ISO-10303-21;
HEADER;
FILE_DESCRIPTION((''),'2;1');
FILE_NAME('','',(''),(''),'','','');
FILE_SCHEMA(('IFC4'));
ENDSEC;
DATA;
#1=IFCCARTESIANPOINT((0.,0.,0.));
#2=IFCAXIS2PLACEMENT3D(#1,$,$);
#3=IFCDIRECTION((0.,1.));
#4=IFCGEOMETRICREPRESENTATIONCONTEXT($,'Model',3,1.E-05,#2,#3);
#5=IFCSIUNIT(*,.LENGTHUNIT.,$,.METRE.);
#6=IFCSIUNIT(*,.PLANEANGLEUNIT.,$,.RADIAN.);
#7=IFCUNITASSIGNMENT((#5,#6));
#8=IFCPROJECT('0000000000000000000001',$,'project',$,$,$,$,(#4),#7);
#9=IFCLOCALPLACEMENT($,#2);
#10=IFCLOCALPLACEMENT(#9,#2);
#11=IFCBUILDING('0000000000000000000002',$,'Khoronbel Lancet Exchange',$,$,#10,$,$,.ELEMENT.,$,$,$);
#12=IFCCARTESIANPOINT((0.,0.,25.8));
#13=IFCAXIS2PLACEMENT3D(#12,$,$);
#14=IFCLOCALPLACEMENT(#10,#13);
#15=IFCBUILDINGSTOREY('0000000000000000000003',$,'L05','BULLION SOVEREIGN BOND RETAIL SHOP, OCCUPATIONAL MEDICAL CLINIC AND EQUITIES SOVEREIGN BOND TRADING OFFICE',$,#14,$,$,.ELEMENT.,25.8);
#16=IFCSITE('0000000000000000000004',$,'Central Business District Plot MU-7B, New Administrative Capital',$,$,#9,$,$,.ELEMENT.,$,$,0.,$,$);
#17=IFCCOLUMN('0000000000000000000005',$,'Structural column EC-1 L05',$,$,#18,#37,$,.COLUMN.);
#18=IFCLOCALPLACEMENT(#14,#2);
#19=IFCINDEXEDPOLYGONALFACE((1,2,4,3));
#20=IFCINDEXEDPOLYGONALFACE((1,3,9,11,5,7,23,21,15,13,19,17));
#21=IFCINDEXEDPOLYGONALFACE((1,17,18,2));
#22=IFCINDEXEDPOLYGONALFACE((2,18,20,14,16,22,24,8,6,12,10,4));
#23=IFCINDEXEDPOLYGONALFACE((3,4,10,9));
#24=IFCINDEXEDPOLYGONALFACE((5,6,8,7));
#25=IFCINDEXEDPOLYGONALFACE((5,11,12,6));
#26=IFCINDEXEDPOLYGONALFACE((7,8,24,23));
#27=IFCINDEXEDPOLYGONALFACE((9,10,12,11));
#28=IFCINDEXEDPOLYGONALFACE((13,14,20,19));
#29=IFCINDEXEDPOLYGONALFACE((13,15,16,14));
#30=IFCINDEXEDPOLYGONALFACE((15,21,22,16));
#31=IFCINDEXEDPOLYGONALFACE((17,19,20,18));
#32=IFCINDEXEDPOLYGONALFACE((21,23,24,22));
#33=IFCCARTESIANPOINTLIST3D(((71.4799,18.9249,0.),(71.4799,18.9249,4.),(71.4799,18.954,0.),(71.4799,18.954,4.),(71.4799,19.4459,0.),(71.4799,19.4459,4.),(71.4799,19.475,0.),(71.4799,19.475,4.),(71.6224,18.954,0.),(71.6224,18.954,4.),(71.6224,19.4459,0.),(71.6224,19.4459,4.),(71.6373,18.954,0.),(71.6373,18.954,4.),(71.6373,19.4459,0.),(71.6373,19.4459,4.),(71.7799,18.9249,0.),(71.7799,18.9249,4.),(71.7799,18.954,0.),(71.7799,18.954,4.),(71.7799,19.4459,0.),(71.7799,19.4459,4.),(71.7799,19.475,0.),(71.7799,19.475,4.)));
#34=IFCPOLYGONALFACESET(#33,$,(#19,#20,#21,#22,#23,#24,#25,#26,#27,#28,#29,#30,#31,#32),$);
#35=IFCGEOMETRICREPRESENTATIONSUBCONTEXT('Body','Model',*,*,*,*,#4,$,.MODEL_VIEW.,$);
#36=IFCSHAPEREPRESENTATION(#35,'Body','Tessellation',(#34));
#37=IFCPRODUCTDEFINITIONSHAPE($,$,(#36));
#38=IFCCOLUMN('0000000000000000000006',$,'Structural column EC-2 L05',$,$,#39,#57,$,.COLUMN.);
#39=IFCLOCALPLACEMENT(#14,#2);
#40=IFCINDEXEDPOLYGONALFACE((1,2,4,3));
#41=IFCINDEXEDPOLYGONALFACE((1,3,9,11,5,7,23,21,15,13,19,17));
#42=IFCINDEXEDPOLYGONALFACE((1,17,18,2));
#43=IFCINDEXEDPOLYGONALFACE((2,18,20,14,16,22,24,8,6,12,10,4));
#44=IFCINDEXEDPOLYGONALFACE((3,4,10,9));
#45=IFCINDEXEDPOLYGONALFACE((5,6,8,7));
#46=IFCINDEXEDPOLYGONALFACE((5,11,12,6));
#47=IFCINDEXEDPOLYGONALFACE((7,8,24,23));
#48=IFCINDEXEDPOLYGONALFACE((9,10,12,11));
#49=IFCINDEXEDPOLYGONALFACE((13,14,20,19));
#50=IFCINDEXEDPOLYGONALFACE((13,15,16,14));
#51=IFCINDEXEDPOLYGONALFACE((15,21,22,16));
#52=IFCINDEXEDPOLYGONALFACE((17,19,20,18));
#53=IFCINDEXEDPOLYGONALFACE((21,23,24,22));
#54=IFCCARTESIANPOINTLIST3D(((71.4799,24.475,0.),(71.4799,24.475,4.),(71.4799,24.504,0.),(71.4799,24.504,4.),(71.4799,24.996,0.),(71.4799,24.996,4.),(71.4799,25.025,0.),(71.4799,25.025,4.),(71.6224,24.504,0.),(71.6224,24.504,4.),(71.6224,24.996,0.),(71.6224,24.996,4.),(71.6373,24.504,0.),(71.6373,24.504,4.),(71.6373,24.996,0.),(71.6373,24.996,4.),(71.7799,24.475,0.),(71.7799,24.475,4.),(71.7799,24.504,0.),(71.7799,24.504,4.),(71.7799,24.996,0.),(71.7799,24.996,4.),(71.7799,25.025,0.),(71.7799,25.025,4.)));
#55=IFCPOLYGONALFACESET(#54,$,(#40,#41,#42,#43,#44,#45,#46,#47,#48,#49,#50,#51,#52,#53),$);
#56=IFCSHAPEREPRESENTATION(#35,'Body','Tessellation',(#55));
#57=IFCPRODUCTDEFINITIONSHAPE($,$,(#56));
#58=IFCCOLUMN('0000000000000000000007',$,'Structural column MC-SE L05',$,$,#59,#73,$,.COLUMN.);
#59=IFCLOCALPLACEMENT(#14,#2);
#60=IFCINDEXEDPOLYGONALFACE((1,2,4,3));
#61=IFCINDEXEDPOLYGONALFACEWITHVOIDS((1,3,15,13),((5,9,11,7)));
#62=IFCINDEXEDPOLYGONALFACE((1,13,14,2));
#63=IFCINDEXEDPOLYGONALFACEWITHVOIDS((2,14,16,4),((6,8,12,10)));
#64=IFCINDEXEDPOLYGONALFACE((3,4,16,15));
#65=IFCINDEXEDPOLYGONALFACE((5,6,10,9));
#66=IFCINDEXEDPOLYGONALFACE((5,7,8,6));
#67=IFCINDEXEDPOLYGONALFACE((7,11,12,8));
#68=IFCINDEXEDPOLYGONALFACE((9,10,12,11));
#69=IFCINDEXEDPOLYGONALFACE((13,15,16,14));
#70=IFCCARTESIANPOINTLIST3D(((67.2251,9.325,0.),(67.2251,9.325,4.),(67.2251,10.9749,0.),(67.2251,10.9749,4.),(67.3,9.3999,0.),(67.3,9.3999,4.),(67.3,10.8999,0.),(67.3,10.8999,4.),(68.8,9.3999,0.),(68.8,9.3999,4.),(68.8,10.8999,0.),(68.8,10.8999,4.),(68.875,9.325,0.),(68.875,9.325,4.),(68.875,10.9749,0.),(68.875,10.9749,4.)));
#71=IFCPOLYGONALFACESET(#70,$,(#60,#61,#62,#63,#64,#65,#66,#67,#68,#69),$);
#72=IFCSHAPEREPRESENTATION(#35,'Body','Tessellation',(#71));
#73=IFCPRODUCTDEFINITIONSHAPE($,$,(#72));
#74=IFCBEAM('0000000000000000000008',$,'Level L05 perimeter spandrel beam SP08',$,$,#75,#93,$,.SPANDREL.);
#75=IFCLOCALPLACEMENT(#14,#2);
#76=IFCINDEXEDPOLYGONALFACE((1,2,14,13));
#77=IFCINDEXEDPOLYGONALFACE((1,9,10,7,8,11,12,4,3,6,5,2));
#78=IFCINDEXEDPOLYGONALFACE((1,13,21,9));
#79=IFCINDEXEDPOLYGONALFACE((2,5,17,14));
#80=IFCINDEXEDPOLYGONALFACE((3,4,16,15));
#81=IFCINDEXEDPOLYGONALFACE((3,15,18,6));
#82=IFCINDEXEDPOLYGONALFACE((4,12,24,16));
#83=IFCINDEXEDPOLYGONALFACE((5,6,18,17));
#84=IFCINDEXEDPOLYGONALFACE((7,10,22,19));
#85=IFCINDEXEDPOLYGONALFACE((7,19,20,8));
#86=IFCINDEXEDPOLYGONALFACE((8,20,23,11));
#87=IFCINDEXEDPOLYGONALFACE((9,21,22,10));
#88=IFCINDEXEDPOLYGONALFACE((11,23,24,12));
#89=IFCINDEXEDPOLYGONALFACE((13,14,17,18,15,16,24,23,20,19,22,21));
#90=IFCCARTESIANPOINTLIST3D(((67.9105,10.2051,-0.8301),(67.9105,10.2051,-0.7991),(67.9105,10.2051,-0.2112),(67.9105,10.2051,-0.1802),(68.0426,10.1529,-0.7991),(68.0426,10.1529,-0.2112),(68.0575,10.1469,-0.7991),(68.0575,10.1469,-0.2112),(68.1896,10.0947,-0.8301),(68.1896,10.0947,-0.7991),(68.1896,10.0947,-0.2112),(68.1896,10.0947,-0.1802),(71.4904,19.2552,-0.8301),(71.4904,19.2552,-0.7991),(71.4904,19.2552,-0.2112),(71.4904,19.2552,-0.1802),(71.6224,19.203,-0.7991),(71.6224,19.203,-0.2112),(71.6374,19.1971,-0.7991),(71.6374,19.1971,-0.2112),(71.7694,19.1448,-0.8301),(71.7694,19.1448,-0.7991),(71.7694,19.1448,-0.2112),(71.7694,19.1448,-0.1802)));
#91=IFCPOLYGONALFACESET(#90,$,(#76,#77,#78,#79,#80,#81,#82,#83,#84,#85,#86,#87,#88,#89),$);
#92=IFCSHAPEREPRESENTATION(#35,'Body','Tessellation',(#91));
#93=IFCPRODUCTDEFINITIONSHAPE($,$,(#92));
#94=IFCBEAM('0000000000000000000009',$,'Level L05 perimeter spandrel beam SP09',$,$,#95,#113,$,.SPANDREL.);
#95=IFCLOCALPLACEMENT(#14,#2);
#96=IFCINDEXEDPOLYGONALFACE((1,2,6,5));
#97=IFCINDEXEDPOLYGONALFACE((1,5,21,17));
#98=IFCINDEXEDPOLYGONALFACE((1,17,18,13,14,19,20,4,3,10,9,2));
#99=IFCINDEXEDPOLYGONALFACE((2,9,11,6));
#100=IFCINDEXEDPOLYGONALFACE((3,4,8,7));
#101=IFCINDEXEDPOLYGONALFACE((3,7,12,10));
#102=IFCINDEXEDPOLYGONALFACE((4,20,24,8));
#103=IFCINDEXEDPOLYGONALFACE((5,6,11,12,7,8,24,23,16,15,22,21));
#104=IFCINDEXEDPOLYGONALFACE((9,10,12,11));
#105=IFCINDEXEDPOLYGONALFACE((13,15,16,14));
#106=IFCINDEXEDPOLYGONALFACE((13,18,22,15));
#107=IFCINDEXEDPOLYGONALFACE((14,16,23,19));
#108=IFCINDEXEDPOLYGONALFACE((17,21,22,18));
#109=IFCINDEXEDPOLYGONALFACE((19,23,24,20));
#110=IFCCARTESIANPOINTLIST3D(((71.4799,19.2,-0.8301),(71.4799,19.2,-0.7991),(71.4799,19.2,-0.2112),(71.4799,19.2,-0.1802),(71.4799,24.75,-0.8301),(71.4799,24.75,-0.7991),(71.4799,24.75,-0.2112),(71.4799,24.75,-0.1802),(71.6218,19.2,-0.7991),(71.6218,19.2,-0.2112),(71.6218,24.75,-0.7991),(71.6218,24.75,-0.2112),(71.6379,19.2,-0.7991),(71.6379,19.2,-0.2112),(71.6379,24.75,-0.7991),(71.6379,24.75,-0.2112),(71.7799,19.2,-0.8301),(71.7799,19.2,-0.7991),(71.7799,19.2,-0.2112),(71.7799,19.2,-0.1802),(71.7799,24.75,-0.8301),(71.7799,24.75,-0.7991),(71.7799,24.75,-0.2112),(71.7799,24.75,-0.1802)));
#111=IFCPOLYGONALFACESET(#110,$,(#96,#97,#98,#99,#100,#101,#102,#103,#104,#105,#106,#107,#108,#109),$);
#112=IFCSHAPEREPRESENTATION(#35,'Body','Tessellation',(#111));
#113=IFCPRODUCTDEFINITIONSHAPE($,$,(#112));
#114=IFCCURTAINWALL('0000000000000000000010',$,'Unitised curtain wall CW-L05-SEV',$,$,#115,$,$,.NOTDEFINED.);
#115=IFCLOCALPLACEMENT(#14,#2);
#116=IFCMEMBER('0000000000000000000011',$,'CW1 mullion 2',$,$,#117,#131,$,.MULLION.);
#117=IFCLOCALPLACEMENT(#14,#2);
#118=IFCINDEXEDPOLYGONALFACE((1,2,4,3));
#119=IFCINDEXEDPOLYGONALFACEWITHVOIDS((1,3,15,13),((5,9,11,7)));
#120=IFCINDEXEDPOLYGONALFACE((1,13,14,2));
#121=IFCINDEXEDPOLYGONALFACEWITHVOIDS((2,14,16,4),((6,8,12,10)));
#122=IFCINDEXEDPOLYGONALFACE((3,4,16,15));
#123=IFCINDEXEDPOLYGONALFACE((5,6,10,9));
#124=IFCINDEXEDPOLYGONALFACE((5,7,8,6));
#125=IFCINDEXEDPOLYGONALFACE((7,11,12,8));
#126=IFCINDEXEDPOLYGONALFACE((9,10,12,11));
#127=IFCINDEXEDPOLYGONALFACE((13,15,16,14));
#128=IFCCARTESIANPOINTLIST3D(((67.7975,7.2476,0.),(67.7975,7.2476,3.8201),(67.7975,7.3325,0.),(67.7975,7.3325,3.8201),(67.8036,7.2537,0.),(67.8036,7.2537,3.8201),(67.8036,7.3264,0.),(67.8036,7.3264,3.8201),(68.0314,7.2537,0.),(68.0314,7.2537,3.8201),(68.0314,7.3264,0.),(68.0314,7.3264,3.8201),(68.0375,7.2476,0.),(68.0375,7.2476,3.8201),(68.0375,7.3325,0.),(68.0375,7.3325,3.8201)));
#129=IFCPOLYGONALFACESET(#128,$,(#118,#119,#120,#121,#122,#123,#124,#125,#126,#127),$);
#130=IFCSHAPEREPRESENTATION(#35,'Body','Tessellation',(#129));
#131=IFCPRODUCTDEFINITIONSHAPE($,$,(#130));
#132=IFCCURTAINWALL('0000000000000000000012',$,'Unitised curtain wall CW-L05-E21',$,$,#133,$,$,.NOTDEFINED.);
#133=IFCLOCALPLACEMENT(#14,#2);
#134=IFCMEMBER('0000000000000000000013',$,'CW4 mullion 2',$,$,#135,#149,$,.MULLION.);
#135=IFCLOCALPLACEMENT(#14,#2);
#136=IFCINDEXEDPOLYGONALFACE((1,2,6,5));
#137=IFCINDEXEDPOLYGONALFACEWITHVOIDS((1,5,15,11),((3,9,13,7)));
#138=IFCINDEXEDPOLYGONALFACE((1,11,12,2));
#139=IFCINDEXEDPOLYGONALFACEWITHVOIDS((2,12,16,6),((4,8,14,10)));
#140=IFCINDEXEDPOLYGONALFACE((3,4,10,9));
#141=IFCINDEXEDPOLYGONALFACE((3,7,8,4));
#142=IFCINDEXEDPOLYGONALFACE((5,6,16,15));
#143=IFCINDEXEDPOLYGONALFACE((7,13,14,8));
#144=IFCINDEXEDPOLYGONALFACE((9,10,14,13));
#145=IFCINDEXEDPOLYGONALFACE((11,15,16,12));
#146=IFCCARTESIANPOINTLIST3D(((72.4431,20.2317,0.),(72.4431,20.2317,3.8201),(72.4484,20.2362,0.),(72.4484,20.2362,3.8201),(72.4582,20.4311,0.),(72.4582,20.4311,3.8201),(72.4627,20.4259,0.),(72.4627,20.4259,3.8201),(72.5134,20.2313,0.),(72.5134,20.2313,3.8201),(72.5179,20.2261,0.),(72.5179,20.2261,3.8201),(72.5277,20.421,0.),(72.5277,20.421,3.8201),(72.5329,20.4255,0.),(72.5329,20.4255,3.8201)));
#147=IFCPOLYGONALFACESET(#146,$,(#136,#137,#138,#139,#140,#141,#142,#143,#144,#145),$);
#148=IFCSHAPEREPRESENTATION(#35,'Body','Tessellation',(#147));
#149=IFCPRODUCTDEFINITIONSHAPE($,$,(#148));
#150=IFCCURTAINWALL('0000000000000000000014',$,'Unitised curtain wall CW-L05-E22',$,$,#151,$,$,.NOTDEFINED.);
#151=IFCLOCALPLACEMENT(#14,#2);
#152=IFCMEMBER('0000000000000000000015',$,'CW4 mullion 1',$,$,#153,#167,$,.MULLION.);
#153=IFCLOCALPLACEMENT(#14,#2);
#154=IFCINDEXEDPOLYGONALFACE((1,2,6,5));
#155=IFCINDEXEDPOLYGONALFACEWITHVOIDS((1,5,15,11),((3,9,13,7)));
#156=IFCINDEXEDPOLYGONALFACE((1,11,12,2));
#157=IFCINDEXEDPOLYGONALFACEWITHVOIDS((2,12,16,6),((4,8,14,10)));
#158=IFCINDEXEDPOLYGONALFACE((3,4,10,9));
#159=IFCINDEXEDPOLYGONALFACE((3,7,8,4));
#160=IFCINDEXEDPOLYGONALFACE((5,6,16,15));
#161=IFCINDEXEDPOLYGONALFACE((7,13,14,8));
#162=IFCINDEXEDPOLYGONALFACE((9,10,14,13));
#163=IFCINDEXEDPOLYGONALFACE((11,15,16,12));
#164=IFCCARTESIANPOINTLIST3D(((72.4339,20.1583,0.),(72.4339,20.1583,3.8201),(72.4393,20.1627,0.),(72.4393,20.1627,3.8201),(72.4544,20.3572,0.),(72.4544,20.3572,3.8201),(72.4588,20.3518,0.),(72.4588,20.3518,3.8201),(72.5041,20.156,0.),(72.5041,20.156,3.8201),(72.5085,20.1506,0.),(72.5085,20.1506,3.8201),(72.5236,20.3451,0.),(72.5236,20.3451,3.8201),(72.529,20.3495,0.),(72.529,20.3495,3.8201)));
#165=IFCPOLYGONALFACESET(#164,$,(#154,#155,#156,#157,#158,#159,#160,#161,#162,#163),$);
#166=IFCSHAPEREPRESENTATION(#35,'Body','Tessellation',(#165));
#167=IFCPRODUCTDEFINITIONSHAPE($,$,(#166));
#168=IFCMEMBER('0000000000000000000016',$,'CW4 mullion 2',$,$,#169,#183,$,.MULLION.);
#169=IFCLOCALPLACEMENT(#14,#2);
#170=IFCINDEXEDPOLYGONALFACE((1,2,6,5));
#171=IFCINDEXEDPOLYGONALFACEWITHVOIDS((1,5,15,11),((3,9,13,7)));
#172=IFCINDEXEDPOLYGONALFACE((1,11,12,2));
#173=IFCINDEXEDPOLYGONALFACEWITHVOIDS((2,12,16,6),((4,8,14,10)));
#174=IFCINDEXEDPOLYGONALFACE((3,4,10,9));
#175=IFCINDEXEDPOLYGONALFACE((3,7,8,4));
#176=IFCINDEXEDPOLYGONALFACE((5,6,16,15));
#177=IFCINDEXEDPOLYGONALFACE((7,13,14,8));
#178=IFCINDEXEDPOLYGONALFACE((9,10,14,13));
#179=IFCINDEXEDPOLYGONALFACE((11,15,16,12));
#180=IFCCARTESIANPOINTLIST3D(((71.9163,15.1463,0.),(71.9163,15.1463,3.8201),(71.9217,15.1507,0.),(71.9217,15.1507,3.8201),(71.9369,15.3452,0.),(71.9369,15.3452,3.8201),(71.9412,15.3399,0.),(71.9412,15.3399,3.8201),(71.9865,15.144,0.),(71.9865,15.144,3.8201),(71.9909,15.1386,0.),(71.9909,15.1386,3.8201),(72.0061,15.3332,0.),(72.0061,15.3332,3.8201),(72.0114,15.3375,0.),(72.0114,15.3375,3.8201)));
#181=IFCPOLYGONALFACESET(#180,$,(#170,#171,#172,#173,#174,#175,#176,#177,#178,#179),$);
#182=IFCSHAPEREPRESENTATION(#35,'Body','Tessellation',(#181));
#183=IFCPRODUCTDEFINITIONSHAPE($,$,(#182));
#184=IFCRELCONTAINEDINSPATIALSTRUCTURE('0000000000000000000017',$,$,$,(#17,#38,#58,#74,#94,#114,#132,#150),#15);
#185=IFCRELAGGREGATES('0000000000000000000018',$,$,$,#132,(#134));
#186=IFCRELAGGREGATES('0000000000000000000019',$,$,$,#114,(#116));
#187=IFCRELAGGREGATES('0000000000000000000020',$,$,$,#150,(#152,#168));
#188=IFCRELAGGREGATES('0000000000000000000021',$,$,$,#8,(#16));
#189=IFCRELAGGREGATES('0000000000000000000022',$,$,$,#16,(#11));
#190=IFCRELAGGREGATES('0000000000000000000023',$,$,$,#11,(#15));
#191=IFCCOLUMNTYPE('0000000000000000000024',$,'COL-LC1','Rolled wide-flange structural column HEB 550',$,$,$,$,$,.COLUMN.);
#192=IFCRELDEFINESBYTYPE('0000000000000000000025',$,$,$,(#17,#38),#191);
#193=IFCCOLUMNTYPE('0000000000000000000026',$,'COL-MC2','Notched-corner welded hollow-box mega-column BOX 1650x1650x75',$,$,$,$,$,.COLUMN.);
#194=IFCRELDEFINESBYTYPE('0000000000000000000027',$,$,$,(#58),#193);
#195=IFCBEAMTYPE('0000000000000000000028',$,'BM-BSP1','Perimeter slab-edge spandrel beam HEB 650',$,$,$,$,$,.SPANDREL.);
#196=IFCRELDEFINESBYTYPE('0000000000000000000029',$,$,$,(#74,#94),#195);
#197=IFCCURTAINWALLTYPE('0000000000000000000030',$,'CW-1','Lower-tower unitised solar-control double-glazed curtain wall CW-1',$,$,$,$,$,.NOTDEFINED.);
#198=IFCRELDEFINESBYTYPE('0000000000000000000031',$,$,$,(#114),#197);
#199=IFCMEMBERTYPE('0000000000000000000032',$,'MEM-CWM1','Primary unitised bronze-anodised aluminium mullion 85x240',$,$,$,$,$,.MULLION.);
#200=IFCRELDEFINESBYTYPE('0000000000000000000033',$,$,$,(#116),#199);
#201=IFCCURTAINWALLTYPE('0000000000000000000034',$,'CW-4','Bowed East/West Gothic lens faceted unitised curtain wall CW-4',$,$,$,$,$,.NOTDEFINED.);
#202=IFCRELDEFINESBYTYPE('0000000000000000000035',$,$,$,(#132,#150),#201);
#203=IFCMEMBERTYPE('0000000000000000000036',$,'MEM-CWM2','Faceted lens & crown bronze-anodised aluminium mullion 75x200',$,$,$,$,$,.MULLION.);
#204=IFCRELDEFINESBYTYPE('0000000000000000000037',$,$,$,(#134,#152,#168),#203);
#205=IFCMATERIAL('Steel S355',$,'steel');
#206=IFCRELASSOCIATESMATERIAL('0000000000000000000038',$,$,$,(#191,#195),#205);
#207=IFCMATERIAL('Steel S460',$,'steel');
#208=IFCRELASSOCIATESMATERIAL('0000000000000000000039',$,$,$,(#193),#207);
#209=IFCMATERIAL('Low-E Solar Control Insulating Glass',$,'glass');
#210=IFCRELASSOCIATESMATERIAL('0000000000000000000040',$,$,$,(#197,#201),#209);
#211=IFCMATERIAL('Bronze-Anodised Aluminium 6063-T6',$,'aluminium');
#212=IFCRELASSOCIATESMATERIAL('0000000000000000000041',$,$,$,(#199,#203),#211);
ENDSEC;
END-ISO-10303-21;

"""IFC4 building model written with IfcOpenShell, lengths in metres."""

from ifc_helpers import new_model, si_unit, direction, frame, origin, origin_2d, place, context, subcontext, project, spatial, hollow_rectangle, i_section, extrude, material, material_profile, profile_set, type_object, element, aggregate, save


model = new_model("IFC4")

# Units and contexts
model_context = context("Model", 3, precision=1e-05, world=origin(), true_north=direction((0.0, 1.0)))
body_context = subcontext(model_context, "Body", "Model", "MODEL_VIEW")
ifc_project = project(units=[si_unit("LENGTHUNIT", "METRE"), si_unit("PLANEANGLEUNIT", "RADIAN")], contexts=[model_context])

# Site, building, storey
site_placement = place(None, origin())
site = spatial("IfcSite", under=ifc_project, at=site_placement, Name="Central Business District Plot MU-7B, New Administrative Capital", CompositionType="ELEMENT", RefElevation=0.0)
building_placement = place(site_placement, origin())
building = spatial("IfcBuilding", under=site, at=building_placement, Name="Khoronbel Lancet Exchange", CompositionType="ELEMENT")
storey_placement = place(building_placement, frame((0.0, 0.0, 25.8)))
storey = spatial("IfcBuildingStorey", under=building, at=storey_placement, Name="L05", Description="BULLION SOVEREIGN BOND RETAIL SHOP, OCCUPATIONAL MEDICAL CLINIC AND EQUITIES SOVEREIGN BOND TRADING OFFICE", CompositionType="ELEMENT", Elevation=25.8)

# Columns
ifc_material_1 = material(Name="Steel S355", Category="steel")
ifc_material_profile_1 = material_profile(ifc_material_1, i_section(OverallWidth=0.3, OverallDepth=0.55, WebThickness=0.0149, FlangeThickness=0.0291, at=origin_2d()), Name="HEB 550")
ifc_profile_set_1 = profile_set([ifc_material_profile_1], Name="Steel S355")
column_type_1 = type_object("IfcColumnType", Name="COL-LC1", Description="Rolled wide-flange structural column HEB 550", PredefinedType="COLUMN", material=ifc_profile_set_1)
for number, where, z_axis, x_axis, name in (
    (1, (71.6299, 19.2, 0.0), (0.0, 0.0, 1.0), (1.0, 0.0, 0.0), "Structural column EC-1 L05"),
    (2, (71.6299, 24.75, 0.0), (0.0, 0.0, 1.0), (1.0, 0.0, 0.0), "Structural column EC-2 L05"),
):
    element("IfcColumn", number, at=place(storey_placement, frame(where, z_axis=z_axis, x_axis=x_axis)), inside=storey, type_object=column_type_1, Name=name, PredefinedType="COLUMN", context=body_context, shape_type="SweptSolid", body=[
        extrude(i_section(OverallWidth=0.3, OverallDepth=0.55, WebThickness=0.0149, FlangeThickness=0.0291, at=origin_2d()), origin(), (0.0, 0.0, 1.0), 4.0),
    ])
ifc_material_2 = material(Name="Steel S460", Category="steel")
ifc_material_profile_2 = material_profile(ifc_material_2, hollow_rectangle(XDim=1.6499, YDim=1.6499, WallThickness=0.075, at=origin_2d()), Name="BOX 1650x1650x75")
ifc_profile_set_2 = profile_set([ifc_material_profile_2], Name="Steel S460")
column_type_2 = type_object("IfcColumnType", Name="COL-MC2", Description="Notched-corner welded hollow-box mega-column BOX 1650x1650x75", PredefinedType="COLUMN", material=ifc_profile_set_2)
column_placement = place(storey_placement, frame((68.05, 10.1499, 0.0), z_axis=(0.0, 0.0, 1.0), x_axis=(1.0, 0.0, 0.0)))
element("IfcColumn", 3, at=column_placement, inside=storey, type_object=column_type_2, Name="Structural column MC-SE L05", PredefinedType="COLUMN", context=body_context, shape_type="SweptSolid", body=[
    extrude(hollow_rectangle(XDim=1.6499, YDim=1.6499, WallThickness=0.075, at=origin_2d()), origin(), (0.0, 0.0, 1.0), 4.0),
])

# Beams
ifc_material_profile_3 = material_profile(ifc_material_1, i_section(OverallWidth=0.3, OverallDepth=0.6499, WebThickness=0.0161, FlangeThickness=0.031, at=origin_2d()), Name="HEB 650")
ifc_profile_set_3 = profile_set([ifc_material_profile_3], Name="Steel S355")
beam_type = type_object("IfcBeamType", Name="BM-BSP1", Description="Perimeter slab-edge spandrel beam HEB 650", PredefinedType="SPANDREL", material=ifc_profile_set_3)
beam_1_placement = place(storey_placement, frame((68.05, 10.1499, -0.5051), z_axis=(0.367828, 0.929894, 0.0), x_axis=(-0.929894, 0.367828, 0.0)))
element("IfcBeam", 4, at=beam_1_placement, inside=storey, type_object=beam_type, Name="Level L05 perimeter spandrel beam SP08", PredefinedType="SPANDREL", context=body_context, shape_type="SweptSolid", body=[
    extrude(i_section(OverallWidth=0.3, OverallDepth=0.6499, WebThickness=0.0161, FlangeThickness=0.031, at=origin_2d()), origin(), (0.0, 0.0, 1.0), 9.7324),
])
beam_2_placement = place(storey_placement, frame((71.6299, 19.2, -0.5051), z_axis=(0.0, 1.0, 0.0), x_axis=(-1.0, 0.0, 0.0)))
element("IfcBeam", 5, at=beam_2_placement, inside=storey, type_object=beam_type, Name="Level L05 perimeter spandrel beam SP09", PredefinedType="SPANDREL", context=body_context, shape_type="SweptSolid", body=[
    extrude(i_section(OverallWidth=0.3, OverallDepth=0.6499, WebThickness=0.0161, FlangeThickness=0.031, at=origin_2d()), origin(), (0.0, 0.0, 1.0), 5.55),
])

# Curtain walls, members
ifc_material_3 = material(Name="Low-E Solar Control Insulating Glass", Category="glass")
curtain_wall_type_1 = type_object("IfcCurtainWallType", Name="CW-1", Description="Lower-tower unitised solar-control double-glazed curtain wall CW-1", PredefinedType="NOTDEFINED", material=ifc_material_3)
curtain_wall_1_placement = place(storey_placement, origin())
curtain_wall_1 = element("IfcCurtainWall", 6, at=curtain_wall_1_placement, inside=storey, type_object=curtain_wall_type_1, Name="Unitised curtain wall CW-L05-SEV", PredefinedType="NOTDEFINED")
ifc_material_4 = material(Name="Bronze-Anodised Aluminium 6063-T6", Category="aluminium")
ifc_material_profile_4 = material_profile(ifc_material_4, hollow_rectangle(XDim=0.085, YDim=0.24, WallThickness=0.0061, at=origin_2d()), Name="ALU MULLION 85x240")
ifc_profile_set_4 = profile_set([ifc_material_profile_4], Name="Bronze-Anodised Aluminium 6063-T6")
member_type_1 = type_object("IfcMemberType", Name="MEM-CWM1", Description="Primary unitised bronze-anodised aluminium mullion 85x240", PredefinedType="MULLION", material=ifc_profile_set_4)
member_1_placement = place(storey_placement, frame((67.9175, 7.29, 0.0), z_axis=(0.0, 0.0, 1.0), x_axis=(0.0, 1.0, 0.0)))
member_1 = element("IfcMember", 7, at=member_1_placement, type_object=member_type_1, Name="CW1 mullion 2", PredefinedType="MULLION", context=body_context, shape_type="SweptSolid", body=[
    extrude(hollow_rectangle(XDim=0.085, YDim=0.24, WallThickness=0.0061, at=origin_2d()), origin(), (0.0, 0.0, 1.0), 3.8201),
])
curtain_wall_type_2 = type_object("IfcCurtainWallType", Name="CW-4", Description="Bowed East/West Gothic lens faceted unitised curtain wall CW-4", PredefinedType="NOTDEFINED", material=ifc_material_3)
curtain_wall_2_placement = place(storey_placement, origin())
curtain_wall_2 = element("IfcCurtainWall", 8, at=curtain_wall_2_placement, inside=storey, type_object=curtain_wall_type_2, Name="Unitised curtain wall CW-L05-E21", PredefinedType="NOTDEFINED")
ifc_material_profile_5 = material_profile(ifc_material_4, hollow_rectangle(XDim=0.075, YDim=0.2, WallThickness=0.0049, at=origin_2d()), Name="ALU MULLION 75x200")
ifc_profile_set_5 = profile_set([ifc_material_profile_5], Name="Bronze-Anodised Aluminium 6063-T6")
member_type_2 = type_object("IfcMemberType", Name="MEM-CWM2", Description="Faceted lens & crown bronze-anodised aluminium mullion 75x200", PredefinedType="MULLION", material=ifc_profile_set_5)
member_2_placement = place(storey_placement, frame((72.488, 20.3286, 0.0), z_axis=(0.0, 0.0, 1.0), x_axis=(0.997154, -0.075395, 0.0)))
member_2 = element("IfcMember", 9, at=member_2_placement, type_object=member_type_2, Name="CW4 mullion 2", PredefinedType="MULLION", context=body_context, shape_type="SweptSolid", body=[
    extrude(hollow_rectangle(XDim=0.075, YDim=0.2, WallThickness=0.0049, at=origin_2d()), origin(), (0.0, 0.0, 1.0), 3.8201),
])

# Curtain wall, members
curtain_wall_3_placement = place(storey_placement, origin())
curtain_wall_3 = element("IfcCurtainWall", 10, at=curtain_wall_3_placement, inside=storey, type_object=curtain_wall_type_2, Name="Unitised curtain wall CW-L05-E22", PredefinedType="NOTDEFINED")
member_3_placement = place(storey_placement, frame((72.4814, 20.2539, 0.0), z_axis=(0.0, 0.0, 1.0), x_axis=(0.99471, -0.102723, 0.0)))
member_3 = element("IfcMember", 11, at=member_3_placement, type_object=member_type_2, Name="CW4 mullion 1", PredefinedType="MULLION", context=body_context, shape_type="SweptSolid", body=[
    extrude(hollow_rectangle(XDim=0.075, YDim=0.2, WallThickness=0.0049, at=origin_2d()), origin(), (0.0, 0.0, 1.0), 3.8201),
])
member_4_placement = place(storey_placement, frame((71.9639, 15.2419, 0.0), z_axis=(0.0, 0.0, 1.0), x_axis=(0.99471, -0.102723, 0.0)))
member_4 = element("IfcMember", 12, at=member_4_placement, type_object=member_type_2, Name="CW4 mullion 2", PredefinedType="MULLION", context=body_context, shape_type="SweptSolid", body=[
    extrude(hollow_rectangle(XDim=0.075, YDim=0.2, WallThickness=0.0049, at=origin_2d()), origin(), (0.0, 0.0, 1.0), 3.8201),
])

aggregate(curtain_wall_2, [member_2])
aggregate(curtain_wall_1, [member_1])
aggregate(curtain_wall_3, [member_3, member_4])

save(model, "model.ifc")
